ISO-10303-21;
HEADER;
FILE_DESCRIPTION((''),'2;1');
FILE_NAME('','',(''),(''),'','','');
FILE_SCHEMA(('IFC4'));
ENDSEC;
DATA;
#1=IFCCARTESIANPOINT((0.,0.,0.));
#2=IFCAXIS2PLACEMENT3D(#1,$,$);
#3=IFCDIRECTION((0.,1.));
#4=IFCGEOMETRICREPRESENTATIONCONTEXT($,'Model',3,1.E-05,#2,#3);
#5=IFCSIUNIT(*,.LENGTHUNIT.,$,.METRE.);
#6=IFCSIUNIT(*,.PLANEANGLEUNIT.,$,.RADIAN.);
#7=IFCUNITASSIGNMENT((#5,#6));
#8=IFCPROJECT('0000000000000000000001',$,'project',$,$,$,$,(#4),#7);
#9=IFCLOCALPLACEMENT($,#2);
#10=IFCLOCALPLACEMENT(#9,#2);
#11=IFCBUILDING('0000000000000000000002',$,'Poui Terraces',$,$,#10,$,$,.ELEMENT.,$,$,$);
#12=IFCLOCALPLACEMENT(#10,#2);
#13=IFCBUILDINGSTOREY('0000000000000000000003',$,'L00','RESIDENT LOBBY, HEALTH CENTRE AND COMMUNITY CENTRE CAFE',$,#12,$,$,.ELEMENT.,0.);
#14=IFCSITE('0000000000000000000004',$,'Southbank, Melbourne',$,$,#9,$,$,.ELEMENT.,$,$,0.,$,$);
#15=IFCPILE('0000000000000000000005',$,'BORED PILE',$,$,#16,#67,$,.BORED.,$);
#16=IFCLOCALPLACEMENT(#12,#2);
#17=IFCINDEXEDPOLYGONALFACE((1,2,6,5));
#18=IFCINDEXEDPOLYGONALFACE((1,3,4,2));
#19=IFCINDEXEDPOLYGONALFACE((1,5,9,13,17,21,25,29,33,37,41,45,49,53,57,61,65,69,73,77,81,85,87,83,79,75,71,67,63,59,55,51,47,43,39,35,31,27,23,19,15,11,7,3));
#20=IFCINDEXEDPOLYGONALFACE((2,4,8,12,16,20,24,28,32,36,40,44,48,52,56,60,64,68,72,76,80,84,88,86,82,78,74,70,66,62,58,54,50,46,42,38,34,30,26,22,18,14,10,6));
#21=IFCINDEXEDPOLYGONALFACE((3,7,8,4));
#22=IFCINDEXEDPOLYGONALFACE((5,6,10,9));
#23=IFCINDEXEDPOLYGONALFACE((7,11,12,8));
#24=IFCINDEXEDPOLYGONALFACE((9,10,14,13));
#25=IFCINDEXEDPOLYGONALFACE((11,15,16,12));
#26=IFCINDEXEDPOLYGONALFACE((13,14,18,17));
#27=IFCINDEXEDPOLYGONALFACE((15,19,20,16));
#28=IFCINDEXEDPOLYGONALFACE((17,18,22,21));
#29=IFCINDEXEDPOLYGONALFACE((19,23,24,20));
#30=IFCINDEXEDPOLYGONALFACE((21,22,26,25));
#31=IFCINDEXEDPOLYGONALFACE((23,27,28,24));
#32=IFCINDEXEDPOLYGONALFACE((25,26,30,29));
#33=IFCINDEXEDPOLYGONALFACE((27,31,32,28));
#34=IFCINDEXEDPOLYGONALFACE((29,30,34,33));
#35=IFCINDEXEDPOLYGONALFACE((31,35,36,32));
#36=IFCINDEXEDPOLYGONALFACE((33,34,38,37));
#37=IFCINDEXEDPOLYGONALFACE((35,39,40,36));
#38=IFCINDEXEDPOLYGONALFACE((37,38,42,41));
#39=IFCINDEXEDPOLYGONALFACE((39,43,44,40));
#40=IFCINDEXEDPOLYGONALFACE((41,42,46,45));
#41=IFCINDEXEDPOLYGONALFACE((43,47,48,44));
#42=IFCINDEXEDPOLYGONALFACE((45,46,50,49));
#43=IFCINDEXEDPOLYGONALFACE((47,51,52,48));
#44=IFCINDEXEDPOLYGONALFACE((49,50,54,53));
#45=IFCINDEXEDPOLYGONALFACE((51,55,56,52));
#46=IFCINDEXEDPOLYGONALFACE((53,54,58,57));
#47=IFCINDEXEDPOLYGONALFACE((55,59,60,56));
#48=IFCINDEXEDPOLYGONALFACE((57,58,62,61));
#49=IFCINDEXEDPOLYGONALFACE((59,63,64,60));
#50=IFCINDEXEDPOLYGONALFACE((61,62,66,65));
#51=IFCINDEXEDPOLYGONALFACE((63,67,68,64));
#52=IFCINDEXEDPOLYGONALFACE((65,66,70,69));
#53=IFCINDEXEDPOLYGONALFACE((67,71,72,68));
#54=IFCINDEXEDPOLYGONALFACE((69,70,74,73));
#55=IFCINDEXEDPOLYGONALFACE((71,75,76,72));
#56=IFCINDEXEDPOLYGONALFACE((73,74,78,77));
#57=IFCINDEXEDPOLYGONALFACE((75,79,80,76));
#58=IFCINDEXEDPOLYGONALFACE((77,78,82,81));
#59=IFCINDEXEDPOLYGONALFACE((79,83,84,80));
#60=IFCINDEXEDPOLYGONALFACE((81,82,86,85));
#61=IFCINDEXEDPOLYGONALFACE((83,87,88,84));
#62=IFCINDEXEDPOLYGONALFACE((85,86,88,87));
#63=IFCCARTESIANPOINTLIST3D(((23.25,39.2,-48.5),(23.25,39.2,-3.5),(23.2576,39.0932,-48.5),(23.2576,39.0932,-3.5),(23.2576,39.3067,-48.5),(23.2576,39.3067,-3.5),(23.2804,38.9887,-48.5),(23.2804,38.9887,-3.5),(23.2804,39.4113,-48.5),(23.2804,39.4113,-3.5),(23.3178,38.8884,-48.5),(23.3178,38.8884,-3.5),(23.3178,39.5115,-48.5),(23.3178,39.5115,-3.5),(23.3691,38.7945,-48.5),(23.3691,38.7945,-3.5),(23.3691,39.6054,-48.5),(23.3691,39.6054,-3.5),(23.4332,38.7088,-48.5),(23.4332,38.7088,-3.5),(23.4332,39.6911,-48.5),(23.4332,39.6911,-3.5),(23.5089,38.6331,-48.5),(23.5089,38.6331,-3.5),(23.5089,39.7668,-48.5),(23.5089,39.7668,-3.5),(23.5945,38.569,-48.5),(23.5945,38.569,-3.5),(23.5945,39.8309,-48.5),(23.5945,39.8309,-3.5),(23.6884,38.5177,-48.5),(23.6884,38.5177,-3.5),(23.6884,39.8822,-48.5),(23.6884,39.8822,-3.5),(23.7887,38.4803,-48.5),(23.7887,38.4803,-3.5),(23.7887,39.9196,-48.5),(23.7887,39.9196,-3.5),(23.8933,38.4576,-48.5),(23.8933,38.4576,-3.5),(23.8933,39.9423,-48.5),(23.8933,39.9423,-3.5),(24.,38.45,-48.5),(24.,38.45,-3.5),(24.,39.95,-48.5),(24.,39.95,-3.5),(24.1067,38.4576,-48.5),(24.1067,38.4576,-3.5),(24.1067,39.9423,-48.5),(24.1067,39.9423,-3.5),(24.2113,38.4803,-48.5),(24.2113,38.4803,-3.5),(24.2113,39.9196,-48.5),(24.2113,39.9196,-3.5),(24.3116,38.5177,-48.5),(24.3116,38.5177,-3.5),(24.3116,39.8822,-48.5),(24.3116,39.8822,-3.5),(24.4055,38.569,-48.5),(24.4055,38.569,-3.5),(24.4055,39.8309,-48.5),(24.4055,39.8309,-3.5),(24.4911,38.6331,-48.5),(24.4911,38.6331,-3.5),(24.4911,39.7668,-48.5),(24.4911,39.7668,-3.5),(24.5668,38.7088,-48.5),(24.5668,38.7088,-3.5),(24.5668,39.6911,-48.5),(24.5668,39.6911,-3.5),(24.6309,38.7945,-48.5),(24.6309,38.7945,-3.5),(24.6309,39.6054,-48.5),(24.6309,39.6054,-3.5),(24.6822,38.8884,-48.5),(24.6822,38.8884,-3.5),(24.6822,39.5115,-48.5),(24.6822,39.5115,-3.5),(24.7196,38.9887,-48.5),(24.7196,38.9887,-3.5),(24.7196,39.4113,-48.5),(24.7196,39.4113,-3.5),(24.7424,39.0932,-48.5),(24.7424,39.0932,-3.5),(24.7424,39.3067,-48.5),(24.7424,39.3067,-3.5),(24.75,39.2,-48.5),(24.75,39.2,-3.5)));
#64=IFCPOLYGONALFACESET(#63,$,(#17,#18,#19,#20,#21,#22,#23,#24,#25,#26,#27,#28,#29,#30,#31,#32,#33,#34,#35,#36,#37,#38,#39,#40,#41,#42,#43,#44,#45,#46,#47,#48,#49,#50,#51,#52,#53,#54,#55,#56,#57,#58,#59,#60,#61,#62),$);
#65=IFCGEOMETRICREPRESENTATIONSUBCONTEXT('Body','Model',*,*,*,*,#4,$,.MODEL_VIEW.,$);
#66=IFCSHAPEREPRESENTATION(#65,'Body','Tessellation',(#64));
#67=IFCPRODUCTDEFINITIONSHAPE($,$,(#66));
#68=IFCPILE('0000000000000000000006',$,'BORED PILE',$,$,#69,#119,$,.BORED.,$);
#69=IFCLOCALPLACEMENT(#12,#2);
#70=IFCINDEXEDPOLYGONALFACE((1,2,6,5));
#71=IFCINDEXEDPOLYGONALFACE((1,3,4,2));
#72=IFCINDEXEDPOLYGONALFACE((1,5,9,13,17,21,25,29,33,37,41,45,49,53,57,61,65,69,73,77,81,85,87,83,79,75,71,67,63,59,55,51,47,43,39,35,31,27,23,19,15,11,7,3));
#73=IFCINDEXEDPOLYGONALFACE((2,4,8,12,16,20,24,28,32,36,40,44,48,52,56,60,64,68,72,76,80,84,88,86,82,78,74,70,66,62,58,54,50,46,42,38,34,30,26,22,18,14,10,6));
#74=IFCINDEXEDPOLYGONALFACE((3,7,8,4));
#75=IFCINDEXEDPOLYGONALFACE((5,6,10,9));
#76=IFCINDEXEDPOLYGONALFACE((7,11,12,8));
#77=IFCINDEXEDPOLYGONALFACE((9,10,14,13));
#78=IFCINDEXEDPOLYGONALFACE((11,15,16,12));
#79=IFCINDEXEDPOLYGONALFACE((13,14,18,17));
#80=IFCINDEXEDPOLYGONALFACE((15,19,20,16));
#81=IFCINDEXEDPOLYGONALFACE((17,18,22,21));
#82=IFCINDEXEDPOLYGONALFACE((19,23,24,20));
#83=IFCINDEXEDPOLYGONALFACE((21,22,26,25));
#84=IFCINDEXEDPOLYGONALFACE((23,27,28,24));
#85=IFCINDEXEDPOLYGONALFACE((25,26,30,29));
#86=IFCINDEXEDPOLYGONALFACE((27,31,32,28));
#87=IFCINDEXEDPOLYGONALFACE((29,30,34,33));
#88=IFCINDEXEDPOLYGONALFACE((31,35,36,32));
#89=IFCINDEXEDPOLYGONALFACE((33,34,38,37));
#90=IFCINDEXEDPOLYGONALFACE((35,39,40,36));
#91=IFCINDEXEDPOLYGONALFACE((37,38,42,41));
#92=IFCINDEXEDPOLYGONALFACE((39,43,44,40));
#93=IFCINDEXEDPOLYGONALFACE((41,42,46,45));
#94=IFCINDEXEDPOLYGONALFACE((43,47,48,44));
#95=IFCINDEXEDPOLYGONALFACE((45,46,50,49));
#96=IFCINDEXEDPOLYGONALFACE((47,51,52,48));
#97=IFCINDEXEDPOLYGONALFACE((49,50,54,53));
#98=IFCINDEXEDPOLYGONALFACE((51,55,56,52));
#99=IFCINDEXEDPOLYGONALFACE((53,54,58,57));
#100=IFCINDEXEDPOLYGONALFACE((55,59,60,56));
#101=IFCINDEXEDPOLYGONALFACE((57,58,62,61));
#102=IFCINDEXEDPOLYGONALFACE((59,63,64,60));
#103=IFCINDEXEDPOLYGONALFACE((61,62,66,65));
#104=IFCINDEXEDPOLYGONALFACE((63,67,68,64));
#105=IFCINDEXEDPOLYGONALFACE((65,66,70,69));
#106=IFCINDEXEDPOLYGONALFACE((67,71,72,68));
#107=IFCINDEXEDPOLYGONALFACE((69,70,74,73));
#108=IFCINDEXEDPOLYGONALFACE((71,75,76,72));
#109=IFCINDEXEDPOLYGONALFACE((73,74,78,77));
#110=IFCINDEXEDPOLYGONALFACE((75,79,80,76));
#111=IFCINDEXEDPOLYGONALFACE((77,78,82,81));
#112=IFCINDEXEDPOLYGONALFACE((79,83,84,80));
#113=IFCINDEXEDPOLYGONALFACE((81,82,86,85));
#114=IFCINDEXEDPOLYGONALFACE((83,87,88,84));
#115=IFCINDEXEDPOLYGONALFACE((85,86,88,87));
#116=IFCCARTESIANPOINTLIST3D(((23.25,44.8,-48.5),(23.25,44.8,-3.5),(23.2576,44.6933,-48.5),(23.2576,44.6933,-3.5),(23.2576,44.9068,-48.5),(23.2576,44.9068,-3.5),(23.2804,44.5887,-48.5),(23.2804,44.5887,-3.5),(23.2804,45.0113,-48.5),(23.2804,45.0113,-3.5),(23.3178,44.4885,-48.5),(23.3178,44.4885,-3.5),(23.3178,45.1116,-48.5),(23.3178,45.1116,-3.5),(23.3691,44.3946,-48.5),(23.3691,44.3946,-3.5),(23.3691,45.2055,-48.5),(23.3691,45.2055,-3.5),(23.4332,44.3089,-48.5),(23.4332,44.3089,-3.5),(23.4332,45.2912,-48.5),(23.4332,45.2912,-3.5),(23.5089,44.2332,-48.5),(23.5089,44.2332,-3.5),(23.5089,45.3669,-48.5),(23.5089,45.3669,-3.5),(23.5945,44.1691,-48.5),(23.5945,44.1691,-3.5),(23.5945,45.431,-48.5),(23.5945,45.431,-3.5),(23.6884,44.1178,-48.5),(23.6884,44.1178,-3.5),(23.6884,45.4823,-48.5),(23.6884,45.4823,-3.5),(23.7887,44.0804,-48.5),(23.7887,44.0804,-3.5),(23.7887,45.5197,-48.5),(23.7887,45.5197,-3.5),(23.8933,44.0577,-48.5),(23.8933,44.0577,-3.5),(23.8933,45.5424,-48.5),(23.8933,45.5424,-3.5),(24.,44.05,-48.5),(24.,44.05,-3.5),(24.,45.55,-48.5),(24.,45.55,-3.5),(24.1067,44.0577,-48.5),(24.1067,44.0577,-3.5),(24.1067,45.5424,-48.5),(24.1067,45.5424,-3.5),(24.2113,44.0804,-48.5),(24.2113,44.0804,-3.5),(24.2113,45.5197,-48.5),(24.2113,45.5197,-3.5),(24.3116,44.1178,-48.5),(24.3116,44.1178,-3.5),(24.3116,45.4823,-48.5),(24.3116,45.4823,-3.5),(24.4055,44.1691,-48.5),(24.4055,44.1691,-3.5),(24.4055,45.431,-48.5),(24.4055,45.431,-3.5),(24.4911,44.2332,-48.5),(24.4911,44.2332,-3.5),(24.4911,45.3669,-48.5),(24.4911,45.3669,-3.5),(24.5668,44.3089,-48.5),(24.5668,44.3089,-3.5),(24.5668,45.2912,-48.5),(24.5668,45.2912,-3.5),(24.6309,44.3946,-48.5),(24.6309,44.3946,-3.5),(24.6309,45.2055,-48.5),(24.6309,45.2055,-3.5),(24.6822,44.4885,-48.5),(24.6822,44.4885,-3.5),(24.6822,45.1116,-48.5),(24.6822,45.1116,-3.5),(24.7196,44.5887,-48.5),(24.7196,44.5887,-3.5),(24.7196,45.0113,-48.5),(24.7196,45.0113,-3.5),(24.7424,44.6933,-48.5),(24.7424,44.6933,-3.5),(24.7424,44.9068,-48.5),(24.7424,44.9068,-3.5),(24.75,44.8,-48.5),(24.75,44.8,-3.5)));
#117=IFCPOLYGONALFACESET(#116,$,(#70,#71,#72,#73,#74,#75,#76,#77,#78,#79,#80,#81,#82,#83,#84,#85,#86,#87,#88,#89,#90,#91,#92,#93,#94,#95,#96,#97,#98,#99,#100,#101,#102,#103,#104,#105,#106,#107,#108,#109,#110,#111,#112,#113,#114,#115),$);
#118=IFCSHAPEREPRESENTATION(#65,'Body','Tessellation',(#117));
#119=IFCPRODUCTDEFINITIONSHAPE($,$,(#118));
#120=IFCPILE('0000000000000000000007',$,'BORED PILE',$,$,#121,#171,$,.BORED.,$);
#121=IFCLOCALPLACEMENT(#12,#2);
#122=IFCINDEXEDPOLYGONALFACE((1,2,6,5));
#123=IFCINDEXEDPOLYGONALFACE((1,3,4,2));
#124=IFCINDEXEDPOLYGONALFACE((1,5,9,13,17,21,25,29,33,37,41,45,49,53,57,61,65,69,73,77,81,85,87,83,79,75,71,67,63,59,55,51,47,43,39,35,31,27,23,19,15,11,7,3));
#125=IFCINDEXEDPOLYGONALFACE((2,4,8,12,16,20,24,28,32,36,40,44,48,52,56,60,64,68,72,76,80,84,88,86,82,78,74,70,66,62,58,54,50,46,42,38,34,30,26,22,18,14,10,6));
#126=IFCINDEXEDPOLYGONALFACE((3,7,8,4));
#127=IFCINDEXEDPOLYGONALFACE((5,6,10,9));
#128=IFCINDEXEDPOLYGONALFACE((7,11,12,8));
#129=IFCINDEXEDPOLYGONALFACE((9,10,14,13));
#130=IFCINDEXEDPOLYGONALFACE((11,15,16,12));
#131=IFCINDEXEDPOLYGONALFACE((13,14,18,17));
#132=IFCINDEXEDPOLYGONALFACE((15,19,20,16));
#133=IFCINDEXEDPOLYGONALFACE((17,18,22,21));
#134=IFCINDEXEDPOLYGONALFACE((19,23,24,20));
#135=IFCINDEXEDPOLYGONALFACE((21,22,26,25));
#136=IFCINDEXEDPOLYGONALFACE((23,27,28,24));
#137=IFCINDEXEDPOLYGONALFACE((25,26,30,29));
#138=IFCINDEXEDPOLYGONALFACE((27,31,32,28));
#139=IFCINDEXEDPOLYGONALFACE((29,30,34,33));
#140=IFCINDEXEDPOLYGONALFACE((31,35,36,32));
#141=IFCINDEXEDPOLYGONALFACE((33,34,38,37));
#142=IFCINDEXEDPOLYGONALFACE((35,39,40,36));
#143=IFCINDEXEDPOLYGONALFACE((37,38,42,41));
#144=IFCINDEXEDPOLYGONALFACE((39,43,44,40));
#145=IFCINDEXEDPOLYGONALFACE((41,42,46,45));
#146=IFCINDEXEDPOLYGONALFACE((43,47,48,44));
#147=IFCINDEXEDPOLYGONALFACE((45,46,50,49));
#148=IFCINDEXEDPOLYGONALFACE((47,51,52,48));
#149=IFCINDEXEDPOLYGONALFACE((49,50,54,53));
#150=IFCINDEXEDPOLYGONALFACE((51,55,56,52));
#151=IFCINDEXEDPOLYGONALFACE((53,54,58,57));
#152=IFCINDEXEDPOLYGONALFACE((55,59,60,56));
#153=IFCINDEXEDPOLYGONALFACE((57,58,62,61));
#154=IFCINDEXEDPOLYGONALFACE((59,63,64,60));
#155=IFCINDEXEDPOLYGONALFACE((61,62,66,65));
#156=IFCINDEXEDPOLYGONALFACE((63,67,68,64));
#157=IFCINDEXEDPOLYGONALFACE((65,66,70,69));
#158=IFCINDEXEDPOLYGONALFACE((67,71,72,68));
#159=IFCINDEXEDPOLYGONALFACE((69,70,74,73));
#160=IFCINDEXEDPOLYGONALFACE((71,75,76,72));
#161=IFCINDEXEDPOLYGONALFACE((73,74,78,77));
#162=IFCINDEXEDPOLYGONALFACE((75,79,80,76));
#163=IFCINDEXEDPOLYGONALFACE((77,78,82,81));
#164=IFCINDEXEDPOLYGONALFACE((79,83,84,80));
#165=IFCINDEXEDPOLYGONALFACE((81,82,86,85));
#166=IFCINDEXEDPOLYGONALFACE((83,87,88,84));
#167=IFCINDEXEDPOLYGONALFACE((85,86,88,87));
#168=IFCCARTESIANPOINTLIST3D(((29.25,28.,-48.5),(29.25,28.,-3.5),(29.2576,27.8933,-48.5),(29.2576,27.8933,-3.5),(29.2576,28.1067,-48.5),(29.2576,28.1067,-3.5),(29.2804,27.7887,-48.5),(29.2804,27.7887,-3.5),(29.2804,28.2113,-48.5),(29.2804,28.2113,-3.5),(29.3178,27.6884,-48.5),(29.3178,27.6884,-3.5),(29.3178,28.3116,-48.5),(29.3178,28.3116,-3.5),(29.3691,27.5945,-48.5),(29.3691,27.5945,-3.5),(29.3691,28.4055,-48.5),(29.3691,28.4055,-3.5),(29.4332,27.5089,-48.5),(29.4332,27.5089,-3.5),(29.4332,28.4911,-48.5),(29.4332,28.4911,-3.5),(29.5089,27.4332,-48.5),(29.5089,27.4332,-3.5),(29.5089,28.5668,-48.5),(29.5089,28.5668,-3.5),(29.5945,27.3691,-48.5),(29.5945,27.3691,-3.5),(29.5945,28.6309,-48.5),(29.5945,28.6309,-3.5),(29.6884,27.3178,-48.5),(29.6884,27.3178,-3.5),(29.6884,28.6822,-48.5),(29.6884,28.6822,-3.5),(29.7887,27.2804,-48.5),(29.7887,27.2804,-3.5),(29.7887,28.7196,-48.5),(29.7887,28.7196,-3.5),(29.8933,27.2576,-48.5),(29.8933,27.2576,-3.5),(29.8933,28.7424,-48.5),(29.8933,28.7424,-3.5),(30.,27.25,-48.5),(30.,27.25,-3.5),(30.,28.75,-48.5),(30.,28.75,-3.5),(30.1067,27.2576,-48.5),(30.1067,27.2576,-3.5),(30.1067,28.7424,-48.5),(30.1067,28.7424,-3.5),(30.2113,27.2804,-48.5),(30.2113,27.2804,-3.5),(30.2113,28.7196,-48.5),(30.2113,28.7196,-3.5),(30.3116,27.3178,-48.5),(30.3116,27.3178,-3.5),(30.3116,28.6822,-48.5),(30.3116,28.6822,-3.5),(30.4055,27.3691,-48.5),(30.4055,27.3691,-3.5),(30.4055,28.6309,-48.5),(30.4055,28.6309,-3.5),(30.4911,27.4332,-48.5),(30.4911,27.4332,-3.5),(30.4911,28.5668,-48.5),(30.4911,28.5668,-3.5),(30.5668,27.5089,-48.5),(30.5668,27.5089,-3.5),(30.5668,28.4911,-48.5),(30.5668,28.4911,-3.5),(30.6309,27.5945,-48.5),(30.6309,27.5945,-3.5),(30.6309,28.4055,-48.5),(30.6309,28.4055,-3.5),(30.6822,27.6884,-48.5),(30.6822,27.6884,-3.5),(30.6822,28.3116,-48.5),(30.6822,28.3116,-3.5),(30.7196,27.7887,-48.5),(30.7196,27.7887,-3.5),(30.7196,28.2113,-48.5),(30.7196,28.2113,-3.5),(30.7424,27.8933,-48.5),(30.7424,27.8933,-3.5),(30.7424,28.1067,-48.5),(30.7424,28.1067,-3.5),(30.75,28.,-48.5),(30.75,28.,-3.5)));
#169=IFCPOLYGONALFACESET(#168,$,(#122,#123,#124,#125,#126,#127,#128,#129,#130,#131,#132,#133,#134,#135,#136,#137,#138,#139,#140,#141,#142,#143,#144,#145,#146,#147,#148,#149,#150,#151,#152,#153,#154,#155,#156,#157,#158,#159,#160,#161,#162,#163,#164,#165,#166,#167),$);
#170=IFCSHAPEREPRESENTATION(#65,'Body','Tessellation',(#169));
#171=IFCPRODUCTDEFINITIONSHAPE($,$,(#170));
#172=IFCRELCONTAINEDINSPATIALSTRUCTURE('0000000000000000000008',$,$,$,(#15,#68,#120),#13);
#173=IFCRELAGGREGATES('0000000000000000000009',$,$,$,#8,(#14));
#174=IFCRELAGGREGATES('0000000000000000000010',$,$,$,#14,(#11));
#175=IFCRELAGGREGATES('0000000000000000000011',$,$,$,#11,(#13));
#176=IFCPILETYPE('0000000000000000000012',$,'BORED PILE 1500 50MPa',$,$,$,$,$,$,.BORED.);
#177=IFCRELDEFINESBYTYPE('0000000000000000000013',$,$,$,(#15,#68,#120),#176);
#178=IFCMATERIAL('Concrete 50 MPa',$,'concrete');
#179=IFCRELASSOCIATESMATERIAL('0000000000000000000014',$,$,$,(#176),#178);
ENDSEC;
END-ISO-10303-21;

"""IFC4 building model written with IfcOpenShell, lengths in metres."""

from ifc_helpers import new_model, si_unit, direction, frame, origin, origin_2d, place, context, subcontext, project, spatial, circle, extrude, material, material_profile, profile_set, type_object, element, save


model = new_model("IFC4")

# Units and contexts
model_context = context("Model", 3, precision=1e-05, world=origin(), true_north=direction((0.0, 1.0)))
body_context = subcontext(model_context, "Body", "Model", "MODEL_VIEW")
ifc_project = project(units=[si_unit("LENGTHUNIT", "METRE"), si_unit("PLANEANGLEUNIT", "RADIAN")], contexts=[model_context])

# Site, building, storey
site_placement = place(None, origin())
site = spatial("IfcSite", under=ifc_project, at=site_placement, Name="Southbank, Melbourne", CompositionType="ELEMENT", RefElevation=0.0)
building_placement = place(site_placement, origin())
building = spatial("IfcBuilding", under=site, at=building_placement, Name="Poui Terraces", CompositionType="ELEMENT")
storey_placement = place(building_placement, origin())
storey = spatial("IfcBuildingStorey", under=building, at=storey_placement, Name="L00", Description="RESIDENT LOBBY, HEALTH CENTRE AND COMMUNITY CENTRE CAFE", CompositionType="ELEMENT", Elevation=0.0)

# Piles
ifc_material_1 = material(Name="Concrete 50 MPa", Category="concrete")
ifc_material_profile_1 = material_profile(ifc_material_1, circle(Radius=0.75, at=origin_2d()), Name="RC D1500")
ifc_profile_set_1 = profile_set([ifc_material_profile_1], Name="Concrete 50 MPa")
pile_type = type_object("IfcPileType", Name="BORED PILE 1500 50MPa", PredefinedType="BORED", material=ifc_profile_set_1)
for number, where, z_axis, x_axis, name in (
    (1, (24.0, 39.2, -3.5), (0.0, 0.0, -1.0), (1.0, 0.0, 0.0), "BORED PILE"),
    (2, (24.0, 44.8, -3.5), (0.0, 0.0, -1.0), (1.0, 0.0, 0.0), "BORED PILE"),
    (3, (30.0, 28.0, -3.5), (0.0, 0.0, -1.0), (1.0, 0.0, 0.0), "BORED PILE"),
):
    element("IfcPile", number, at=place(storey_placement, frame(where, z_axis=z_axis, x_axis=x_axis)), inside=storey, type_object=pile_type, Name=name, PredefinedType="BORED", context=body_context, shape_type="SweptSolid", body=[
        extrude(circle(Radius=0.75, at=origin_2d()), origin(), (0.0, 0.0, 1.0), 45.0),
    ])

save(model, "model.ifc")
